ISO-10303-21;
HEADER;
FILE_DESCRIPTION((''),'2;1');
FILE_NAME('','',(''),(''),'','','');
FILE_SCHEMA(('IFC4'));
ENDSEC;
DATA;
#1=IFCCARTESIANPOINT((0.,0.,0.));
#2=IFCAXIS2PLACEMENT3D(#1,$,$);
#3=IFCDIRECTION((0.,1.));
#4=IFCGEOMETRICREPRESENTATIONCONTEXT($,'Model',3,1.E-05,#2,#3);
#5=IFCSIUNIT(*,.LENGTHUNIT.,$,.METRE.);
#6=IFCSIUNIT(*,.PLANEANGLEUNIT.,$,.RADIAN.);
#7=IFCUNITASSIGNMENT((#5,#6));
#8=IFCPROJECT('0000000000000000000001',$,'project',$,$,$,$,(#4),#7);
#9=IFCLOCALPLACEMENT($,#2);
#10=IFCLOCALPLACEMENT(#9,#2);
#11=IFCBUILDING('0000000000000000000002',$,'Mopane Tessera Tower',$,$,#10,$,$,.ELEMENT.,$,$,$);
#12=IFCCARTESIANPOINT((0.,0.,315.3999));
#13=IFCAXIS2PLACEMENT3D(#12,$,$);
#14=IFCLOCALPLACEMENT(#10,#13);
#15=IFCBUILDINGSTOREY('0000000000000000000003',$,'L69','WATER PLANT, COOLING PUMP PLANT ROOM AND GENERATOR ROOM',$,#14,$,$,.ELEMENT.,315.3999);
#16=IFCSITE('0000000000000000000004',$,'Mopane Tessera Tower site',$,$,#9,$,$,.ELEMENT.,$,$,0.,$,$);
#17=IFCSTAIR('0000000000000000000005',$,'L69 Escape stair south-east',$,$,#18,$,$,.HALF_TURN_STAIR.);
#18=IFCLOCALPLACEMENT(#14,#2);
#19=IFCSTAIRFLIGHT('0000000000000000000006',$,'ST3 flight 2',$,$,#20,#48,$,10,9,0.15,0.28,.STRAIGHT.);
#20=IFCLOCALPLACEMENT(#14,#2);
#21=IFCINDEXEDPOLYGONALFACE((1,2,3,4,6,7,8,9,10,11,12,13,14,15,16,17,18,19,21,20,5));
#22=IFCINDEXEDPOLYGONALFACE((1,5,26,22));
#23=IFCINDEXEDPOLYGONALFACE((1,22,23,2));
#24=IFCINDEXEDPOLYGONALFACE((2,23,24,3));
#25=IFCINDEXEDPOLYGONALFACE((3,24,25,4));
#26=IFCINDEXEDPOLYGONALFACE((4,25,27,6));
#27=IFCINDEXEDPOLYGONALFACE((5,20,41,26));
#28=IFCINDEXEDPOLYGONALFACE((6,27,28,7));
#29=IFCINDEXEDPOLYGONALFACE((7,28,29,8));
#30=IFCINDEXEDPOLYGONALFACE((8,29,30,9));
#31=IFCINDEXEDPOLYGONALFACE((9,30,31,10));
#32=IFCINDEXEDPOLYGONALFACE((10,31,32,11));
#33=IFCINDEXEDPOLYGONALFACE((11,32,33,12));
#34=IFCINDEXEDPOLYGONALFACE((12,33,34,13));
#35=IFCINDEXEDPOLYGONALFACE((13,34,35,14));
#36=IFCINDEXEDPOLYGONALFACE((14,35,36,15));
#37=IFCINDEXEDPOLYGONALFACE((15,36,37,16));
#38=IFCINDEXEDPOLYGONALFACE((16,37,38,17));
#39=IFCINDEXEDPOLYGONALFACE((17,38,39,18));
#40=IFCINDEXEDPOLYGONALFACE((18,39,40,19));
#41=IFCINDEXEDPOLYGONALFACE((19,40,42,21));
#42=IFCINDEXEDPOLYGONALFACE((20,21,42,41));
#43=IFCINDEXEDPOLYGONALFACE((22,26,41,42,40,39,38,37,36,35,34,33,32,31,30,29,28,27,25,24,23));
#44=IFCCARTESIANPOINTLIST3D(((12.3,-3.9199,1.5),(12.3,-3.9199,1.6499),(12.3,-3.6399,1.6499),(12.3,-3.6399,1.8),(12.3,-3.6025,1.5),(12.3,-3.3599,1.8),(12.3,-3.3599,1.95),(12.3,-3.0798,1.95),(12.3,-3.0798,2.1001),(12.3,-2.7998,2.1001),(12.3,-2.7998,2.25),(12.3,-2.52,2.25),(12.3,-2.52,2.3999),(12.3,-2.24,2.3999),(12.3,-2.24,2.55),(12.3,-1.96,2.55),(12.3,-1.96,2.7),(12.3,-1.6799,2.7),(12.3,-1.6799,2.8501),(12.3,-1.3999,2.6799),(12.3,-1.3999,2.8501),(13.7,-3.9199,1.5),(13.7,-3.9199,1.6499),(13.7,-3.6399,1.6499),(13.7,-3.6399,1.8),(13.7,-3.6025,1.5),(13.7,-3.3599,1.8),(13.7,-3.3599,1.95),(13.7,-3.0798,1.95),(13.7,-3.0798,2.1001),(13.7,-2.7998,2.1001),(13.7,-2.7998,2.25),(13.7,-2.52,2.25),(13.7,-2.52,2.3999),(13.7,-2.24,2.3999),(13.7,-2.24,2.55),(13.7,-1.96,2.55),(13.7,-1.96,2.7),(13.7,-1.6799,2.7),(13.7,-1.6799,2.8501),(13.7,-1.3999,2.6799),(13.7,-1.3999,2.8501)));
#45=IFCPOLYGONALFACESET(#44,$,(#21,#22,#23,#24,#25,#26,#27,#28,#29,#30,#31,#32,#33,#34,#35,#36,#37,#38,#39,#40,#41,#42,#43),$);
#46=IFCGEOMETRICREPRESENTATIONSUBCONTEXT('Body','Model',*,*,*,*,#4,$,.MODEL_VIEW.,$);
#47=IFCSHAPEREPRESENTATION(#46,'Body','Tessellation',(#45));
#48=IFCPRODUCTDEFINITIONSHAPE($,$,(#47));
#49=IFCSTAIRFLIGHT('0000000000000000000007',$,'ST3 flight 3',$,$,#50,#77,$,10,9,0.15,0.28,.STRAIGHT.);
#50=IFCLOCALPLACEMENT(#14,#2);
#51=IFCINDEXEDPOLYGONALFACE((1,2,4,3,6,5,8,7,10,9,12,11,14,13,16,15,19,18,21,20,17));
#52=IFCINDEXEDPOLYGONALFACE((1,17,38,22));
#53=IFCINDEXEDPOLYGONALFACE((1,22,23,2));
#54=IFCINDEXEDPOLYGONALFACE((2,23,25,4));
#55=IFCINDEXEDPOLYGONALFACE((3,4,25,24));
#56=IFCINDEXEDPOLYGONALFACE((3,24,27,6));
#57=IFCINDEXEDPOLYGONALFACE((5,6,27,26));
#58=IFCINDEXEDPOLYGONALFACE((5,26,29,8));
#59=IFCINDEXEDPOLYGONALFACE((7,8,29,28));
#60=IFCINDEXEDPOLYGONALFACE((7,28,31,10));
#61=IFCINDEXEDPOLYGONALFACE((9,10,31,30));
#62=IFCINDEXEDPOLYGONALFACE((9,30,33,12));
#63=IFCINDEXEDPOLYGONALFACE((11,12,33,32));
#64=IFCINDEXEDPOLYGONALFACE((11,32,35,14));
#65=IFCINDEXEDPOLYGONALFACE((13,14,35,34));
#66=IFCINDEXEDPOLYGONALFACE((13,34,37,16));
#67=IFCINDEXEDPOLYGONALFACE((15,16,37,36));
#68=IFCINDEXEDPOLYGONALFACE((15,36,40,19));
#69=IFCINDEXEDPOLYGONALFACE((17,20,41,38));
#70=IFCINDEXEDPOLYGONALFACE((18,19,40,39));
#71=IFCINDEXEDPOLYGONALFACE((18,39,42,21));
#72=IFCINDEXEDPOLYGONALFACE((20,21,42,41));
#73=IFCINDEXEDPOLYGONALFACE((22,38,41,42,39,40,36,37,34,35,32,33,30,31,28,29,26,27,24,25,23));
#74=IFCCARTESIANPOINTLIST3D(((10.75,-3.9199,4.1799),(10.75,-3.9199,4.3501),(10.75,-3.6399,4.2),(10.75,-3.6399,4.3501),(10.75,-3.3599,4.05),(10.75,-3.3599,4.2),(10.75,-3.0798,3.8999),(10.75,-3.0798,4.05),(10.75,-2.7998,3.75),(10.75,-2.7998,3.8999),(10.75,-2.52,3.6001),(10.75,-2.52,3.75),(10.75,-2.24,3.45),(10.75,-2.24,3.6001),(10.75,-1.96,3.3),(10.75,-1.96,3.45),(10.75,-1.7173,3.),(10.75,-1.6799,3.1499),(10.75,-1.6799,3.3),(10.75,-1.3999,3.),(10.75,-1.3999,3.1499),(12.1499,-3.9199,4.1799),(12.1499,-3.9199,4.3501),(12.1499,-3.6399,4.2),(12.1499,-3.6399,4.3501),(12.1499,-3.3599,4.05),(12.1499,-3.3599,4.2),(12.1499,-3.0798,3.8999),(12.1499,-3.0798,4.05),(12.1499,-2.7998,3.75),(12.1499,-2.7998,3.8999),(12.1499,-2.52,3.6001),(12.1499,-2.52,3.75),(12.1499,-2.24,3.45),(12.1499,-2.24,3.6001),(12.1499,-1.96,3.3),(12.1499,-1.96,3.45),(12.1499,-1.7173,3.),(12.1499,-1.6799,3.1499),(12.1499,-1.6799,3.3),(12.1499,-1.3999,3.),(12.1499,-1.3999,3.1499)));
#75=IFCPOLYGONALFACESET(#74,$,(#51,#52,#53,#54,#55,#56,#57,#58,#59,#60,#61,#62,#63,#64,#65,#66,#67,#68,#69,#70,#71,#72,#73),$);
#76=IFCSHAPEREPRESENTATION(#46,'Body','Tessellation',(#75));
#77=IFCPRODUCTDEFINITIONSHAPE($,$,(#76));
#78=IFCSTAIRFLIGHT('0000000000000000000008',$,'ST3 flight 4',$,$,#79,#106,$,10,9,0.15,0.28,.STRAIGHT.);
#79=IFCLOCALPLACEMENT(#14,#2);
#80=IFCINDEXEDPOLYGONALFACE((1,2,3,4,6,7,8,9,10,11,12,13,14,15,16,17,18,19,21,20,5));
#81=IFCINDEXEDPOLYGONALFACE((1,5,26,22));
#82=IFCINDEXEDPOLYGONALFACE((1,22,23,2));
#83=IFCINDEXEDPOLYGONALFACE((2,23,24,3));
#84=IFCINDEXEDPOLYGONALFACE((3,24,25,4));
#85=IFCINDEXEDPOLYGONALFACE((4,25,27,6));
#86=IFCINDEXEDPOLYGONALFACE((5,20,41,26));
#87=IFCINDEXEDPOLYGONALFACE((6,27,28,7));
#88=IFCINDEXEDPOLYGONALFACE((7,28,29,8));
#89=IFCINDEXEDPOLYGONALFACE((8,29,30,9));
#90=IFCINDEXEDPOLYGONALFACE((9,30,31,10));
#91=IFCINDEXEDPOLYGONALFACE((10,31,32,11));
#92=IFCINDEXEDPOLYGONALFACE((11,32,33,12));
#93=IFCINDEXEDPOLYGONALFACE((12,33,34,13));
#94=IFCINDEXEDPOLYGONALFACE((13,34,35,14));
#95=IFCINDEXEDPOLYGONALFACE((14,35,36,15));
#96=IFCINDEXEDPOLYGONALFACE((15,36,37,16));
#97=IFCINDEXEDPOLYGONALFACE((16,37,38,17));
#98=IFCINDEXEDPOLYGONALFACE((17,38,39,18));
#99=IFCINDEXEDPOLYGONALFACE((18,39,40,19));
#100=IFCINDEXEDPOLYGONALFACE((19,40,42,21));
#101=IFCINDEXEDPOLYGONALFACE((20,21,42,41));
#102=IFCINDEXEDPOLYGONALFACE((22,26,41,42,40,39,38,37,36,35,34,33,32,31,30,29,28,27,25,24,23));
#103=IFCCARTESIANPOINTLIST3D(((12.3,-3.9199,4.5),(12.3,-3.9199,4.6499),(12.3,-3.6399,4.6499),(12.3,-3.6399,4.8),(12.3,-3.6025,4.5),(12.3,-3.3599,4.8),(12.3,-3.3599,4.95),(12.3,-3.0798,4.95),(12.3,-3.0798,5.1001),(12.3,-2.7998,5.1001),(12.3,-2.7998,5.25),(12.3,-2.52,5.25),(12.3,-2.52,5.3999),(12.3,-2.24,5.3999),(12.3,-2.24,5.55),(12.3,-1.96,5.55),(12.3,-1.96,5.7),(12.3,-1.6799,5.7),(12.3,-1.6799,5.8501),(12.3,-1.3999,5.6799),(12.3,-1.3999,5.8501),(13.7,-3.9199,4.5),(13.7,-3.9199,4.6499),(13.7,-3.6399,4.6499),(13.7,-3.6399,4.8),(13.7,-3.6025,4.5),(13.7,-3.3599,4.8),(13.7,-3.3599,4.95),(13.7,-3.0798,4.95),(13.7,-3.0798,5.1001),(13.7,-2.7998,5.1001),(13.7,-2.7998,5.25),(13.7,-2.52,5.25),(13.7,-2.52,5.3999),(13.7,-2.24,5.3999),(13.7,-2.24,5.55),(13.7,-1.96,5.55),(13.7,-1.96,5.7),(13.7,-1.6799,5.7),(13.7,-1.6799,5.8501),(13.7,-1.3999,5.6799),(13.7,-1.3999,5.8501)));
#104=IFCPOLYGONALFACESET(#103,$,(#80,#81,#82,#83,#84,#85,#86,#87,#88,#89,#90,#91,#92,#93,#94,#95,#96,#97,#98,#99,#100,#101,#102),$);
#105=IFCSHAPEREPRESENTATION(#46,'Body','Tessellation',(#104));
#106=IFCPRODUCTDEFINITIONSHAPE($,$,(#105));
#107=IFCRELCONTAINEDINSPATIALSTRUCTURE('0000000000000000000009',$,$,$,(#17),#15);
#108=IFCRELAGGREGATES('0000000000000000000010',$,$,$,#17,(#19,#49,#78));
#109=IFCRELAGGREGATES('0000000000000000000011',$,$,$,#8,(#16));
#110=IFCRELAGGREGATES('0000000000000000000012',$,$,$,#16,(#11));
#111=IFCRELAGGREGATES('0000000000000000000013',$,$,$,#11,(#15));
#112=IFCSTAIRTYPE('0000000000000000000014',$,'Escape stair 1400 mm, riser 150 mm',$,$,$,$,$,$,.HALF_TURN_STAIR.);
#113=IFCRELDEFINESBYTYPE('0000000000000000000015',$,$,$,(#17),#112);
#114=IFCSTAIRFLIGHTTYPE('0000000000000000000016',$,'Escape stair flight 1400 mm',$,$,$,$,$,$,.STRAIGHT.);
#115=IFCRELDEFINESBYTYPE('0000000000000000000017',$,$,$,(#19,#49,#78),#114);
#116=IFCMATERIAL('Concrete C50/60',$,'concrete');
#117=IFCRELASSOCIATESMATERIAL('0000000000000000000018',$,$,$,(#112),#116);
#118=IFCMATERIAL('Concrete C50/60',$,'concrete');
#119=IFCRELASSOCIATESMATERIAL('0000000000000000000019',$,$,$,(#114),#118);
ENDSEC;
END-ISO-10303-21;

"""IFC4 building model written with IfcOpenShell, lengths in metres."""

from ifc_helpers import new_model, si_unit, direction, frame, origin, place, context, subcontext, project, spatial, polyline, outline, extrude, material, type_object, element, aggregate, save


model = new_model("IFC4")

# Units and contexts
model_context = context("Model", 3, precision=1e-05, world=origin(), true_north=direction((0.0, 1.0)))
body_context = subcontext(model_context, "Body", "Model", "MODEL_VIEW")
ifc_project = project(units=[si_unit("LENGTHUNIT", "METRE"), si_unit("PLANEANGLEUNIT", "RADIAN")], contexts=[model_context])

# Site, building, storey
site_placement = place(None, origin())
site = spatial("IfcSite", under=ifc_project, at=site_placement, Name="Mopane Tessera Tower site", CompositionType="ELEMENT", RefElevation=0.0)
building_placement = place(site_placement, origin())
building = spatial("IfcBuilding", under=site, at=building_placement, Name="Mopane Tessera Tower", CompositionType="ELEMENT")
storey_placement = place(building_placement, frame((0.0, 0.0, 315.3999)))
storey = spatial("IfcBuildingStorey", under=building, at=storey_placement, Name="L69", Description="WATER PLANT, COOLING PUMP PLANT ROOM AND GENERATOR ROOM", CompositionType="ELEMENT", Elevation=315.3999)

# Stair, stair flights
ifc_material_1 = material(Name="Concrete C50/60", Category="concrete")
stair_type = type_object("IfcStairType", Name="Escape stair 1400 mm, riser 150 mm", PredefinedType="HALF_TURN_STAIR", material=ifc_material_1)
stair_placement = place(storey_placement, origin())
stair = element("IfcStair", 1, at=stair_placement, inside=storey, type_object=stair_type, Name="L69 Escape stair south-east", PredefinedType="HALF_TURN_STAIR")
ifc_material_2 = material(Name="Concrete C50/60", Category="concrete")
stair_flight_type = type_object("IfcStairFlightType", Name="Escape stair flight 1400 mm", PredefinedType="STRAIGHT", material=ifc_material_2)
stair_flight_1_placement = place(storey_placement, frame((13.0, -3.9199, 1.5), z_axis=(0.0, 0.0, 1.0), x_axis=(0.0, 1.0, 0.0)))
stair_flight_1 = element("IfcStairFlight", 2, at=stair_flight_1_placement, type_object=stair_flight_type, Name="ST3 flight 2", NumberOfRisers=10, NumberOfTreads=9, PredefinedType="STRAIGHT", RiserHeight=0.15, TreadLength=0.28, context=body_context, shape_type="SweptSolid", body=[
    extrude(outline(polyline([(0.0, 0.0), (0.0, 0.1499), (0.28, 0.1499), (0.28, 0.3), (0.5601, 0.3), (0.5601, 0.45), (0.8401, 0.45), (0.8401, 0.6001), (1.1201, 0.6001), (1.1201, 0.75), (1.3999, 0.75), (1.3999, 0.8999), (1.6799, 0.8999), (1.6799, 1.05), (1.96, 1.05), (1.96, 1.2), (2.24, 1.2), (2.24, 1.3501), (2.52, 1.3501), (2.52, 1.5), (2.52, 1.1799), (0.3174, 0.0), (0.0, 0.0)])), frame((0.0, 0.7, 0.0), z_axis=(0.0, -1.0, 0.0), x_axis=(1.0, 0.0, 0.0)), (0.0, 0.0, 1.0), 1.3999),
])
stair_flight_2_placement = place(storey_placement, frame((11.45, -1.3999, 3.0), z_axis=(0.0, 0.0, 1.0), x_axis=(0.0, -1.0, 0.0)))
stair_flight_2 = element("IfcStairFlight", 3, at=stair_flight_2_placement, type_object=stair_flight_type, Name="ST3 flight 3", NumberOfRisers=10, NumberOfTreads=9, PredefinedType="STRAIGHT", RiserHeight=0.15, TreadLength=0.28, context=body_context, shape_type="SweptSolid", body=[
    extrude(outline(polyline([(0.0, 0.0), (0.0, 0.1499), (0.28, 0.1499), (0.28, 0.3), (0.5601, 0.3), (0.5601, 0.45), (0.8401, 0.45), (0.8401, 0.6001), (1.1201, 0.6001), (1.1201, 0.75), (1.3999, 0.75), (1.3999, 0.8999), (1.6799, 0.8999), (1.6799, 1.05), (1.96, 1.05), (1.96, 1.2), (2.24, 1.2), (2.24, 1.3501), (2.52, 1.3501), (2.52, 1.5), (2.52, 1.1799), (0.3174, 0.0), (0.0, 0.0)])), frame((0.0, 0.7, 0.0), z_axis=(0.0, -1.0, 0.0), x_axis=(1.0, 0.0, 0.0)), (0.0, 0.0, 1.0), 1.3999),
])
stair_flight_3_placement = place(storey_placement, frame((13.0, -3.9199, 4.5), z_axis=(0.0, 0.0, 1.0), x_axis=(0.0, 1.0, 0.0)))
stair_flight_3 = element("IfcStairFlight", 4, at=stair_flight_3_placement, type_object=stair_flight_type, Name="ST3 flight 4", NumberOfRisers=10, NumberOfTreads=9, PredefinedType="STRAIGHT", RiserHeight=0.15, TreadLength=0.28, context=body_context, shape_type="SweptSolid", body=[
    extrude(outline(polyline([(0.0, 0.0), (0.0, 0.1499), (0.28, 0.1499), (0.28, 0.3), (0.5601, 0.3), (0.5601, 0.45), (0.8401, 0.45), (0.8401, 0.6001), (1.1201, 0.6001), (1.1201, 0.75), (1.3999, 0.75), (1.3999, 0.8999), (1.6799, 0.8999), (1.6799, 1.05), (1.96, 1.05), (1.96, 1.2), (2.24, 1.2), (2.24, 1.3501), (2.52, 1.3501), (2.52, 1.5), (2.52, 1.1799), (0.3174, 0.0), (0.0, 0.0)])), frame((0.0, 0.7, 0.0), z_axis=(0.0, -1.0, 0.0), x_axis=(1.0, 0.0, 0.0)), (0.0, 0.0, 1.0), 1.3999),
])
aggregate(stair, [stair_flight_1, stair_flight_2, stair_flight_3])

save(model, "model.ifc")
